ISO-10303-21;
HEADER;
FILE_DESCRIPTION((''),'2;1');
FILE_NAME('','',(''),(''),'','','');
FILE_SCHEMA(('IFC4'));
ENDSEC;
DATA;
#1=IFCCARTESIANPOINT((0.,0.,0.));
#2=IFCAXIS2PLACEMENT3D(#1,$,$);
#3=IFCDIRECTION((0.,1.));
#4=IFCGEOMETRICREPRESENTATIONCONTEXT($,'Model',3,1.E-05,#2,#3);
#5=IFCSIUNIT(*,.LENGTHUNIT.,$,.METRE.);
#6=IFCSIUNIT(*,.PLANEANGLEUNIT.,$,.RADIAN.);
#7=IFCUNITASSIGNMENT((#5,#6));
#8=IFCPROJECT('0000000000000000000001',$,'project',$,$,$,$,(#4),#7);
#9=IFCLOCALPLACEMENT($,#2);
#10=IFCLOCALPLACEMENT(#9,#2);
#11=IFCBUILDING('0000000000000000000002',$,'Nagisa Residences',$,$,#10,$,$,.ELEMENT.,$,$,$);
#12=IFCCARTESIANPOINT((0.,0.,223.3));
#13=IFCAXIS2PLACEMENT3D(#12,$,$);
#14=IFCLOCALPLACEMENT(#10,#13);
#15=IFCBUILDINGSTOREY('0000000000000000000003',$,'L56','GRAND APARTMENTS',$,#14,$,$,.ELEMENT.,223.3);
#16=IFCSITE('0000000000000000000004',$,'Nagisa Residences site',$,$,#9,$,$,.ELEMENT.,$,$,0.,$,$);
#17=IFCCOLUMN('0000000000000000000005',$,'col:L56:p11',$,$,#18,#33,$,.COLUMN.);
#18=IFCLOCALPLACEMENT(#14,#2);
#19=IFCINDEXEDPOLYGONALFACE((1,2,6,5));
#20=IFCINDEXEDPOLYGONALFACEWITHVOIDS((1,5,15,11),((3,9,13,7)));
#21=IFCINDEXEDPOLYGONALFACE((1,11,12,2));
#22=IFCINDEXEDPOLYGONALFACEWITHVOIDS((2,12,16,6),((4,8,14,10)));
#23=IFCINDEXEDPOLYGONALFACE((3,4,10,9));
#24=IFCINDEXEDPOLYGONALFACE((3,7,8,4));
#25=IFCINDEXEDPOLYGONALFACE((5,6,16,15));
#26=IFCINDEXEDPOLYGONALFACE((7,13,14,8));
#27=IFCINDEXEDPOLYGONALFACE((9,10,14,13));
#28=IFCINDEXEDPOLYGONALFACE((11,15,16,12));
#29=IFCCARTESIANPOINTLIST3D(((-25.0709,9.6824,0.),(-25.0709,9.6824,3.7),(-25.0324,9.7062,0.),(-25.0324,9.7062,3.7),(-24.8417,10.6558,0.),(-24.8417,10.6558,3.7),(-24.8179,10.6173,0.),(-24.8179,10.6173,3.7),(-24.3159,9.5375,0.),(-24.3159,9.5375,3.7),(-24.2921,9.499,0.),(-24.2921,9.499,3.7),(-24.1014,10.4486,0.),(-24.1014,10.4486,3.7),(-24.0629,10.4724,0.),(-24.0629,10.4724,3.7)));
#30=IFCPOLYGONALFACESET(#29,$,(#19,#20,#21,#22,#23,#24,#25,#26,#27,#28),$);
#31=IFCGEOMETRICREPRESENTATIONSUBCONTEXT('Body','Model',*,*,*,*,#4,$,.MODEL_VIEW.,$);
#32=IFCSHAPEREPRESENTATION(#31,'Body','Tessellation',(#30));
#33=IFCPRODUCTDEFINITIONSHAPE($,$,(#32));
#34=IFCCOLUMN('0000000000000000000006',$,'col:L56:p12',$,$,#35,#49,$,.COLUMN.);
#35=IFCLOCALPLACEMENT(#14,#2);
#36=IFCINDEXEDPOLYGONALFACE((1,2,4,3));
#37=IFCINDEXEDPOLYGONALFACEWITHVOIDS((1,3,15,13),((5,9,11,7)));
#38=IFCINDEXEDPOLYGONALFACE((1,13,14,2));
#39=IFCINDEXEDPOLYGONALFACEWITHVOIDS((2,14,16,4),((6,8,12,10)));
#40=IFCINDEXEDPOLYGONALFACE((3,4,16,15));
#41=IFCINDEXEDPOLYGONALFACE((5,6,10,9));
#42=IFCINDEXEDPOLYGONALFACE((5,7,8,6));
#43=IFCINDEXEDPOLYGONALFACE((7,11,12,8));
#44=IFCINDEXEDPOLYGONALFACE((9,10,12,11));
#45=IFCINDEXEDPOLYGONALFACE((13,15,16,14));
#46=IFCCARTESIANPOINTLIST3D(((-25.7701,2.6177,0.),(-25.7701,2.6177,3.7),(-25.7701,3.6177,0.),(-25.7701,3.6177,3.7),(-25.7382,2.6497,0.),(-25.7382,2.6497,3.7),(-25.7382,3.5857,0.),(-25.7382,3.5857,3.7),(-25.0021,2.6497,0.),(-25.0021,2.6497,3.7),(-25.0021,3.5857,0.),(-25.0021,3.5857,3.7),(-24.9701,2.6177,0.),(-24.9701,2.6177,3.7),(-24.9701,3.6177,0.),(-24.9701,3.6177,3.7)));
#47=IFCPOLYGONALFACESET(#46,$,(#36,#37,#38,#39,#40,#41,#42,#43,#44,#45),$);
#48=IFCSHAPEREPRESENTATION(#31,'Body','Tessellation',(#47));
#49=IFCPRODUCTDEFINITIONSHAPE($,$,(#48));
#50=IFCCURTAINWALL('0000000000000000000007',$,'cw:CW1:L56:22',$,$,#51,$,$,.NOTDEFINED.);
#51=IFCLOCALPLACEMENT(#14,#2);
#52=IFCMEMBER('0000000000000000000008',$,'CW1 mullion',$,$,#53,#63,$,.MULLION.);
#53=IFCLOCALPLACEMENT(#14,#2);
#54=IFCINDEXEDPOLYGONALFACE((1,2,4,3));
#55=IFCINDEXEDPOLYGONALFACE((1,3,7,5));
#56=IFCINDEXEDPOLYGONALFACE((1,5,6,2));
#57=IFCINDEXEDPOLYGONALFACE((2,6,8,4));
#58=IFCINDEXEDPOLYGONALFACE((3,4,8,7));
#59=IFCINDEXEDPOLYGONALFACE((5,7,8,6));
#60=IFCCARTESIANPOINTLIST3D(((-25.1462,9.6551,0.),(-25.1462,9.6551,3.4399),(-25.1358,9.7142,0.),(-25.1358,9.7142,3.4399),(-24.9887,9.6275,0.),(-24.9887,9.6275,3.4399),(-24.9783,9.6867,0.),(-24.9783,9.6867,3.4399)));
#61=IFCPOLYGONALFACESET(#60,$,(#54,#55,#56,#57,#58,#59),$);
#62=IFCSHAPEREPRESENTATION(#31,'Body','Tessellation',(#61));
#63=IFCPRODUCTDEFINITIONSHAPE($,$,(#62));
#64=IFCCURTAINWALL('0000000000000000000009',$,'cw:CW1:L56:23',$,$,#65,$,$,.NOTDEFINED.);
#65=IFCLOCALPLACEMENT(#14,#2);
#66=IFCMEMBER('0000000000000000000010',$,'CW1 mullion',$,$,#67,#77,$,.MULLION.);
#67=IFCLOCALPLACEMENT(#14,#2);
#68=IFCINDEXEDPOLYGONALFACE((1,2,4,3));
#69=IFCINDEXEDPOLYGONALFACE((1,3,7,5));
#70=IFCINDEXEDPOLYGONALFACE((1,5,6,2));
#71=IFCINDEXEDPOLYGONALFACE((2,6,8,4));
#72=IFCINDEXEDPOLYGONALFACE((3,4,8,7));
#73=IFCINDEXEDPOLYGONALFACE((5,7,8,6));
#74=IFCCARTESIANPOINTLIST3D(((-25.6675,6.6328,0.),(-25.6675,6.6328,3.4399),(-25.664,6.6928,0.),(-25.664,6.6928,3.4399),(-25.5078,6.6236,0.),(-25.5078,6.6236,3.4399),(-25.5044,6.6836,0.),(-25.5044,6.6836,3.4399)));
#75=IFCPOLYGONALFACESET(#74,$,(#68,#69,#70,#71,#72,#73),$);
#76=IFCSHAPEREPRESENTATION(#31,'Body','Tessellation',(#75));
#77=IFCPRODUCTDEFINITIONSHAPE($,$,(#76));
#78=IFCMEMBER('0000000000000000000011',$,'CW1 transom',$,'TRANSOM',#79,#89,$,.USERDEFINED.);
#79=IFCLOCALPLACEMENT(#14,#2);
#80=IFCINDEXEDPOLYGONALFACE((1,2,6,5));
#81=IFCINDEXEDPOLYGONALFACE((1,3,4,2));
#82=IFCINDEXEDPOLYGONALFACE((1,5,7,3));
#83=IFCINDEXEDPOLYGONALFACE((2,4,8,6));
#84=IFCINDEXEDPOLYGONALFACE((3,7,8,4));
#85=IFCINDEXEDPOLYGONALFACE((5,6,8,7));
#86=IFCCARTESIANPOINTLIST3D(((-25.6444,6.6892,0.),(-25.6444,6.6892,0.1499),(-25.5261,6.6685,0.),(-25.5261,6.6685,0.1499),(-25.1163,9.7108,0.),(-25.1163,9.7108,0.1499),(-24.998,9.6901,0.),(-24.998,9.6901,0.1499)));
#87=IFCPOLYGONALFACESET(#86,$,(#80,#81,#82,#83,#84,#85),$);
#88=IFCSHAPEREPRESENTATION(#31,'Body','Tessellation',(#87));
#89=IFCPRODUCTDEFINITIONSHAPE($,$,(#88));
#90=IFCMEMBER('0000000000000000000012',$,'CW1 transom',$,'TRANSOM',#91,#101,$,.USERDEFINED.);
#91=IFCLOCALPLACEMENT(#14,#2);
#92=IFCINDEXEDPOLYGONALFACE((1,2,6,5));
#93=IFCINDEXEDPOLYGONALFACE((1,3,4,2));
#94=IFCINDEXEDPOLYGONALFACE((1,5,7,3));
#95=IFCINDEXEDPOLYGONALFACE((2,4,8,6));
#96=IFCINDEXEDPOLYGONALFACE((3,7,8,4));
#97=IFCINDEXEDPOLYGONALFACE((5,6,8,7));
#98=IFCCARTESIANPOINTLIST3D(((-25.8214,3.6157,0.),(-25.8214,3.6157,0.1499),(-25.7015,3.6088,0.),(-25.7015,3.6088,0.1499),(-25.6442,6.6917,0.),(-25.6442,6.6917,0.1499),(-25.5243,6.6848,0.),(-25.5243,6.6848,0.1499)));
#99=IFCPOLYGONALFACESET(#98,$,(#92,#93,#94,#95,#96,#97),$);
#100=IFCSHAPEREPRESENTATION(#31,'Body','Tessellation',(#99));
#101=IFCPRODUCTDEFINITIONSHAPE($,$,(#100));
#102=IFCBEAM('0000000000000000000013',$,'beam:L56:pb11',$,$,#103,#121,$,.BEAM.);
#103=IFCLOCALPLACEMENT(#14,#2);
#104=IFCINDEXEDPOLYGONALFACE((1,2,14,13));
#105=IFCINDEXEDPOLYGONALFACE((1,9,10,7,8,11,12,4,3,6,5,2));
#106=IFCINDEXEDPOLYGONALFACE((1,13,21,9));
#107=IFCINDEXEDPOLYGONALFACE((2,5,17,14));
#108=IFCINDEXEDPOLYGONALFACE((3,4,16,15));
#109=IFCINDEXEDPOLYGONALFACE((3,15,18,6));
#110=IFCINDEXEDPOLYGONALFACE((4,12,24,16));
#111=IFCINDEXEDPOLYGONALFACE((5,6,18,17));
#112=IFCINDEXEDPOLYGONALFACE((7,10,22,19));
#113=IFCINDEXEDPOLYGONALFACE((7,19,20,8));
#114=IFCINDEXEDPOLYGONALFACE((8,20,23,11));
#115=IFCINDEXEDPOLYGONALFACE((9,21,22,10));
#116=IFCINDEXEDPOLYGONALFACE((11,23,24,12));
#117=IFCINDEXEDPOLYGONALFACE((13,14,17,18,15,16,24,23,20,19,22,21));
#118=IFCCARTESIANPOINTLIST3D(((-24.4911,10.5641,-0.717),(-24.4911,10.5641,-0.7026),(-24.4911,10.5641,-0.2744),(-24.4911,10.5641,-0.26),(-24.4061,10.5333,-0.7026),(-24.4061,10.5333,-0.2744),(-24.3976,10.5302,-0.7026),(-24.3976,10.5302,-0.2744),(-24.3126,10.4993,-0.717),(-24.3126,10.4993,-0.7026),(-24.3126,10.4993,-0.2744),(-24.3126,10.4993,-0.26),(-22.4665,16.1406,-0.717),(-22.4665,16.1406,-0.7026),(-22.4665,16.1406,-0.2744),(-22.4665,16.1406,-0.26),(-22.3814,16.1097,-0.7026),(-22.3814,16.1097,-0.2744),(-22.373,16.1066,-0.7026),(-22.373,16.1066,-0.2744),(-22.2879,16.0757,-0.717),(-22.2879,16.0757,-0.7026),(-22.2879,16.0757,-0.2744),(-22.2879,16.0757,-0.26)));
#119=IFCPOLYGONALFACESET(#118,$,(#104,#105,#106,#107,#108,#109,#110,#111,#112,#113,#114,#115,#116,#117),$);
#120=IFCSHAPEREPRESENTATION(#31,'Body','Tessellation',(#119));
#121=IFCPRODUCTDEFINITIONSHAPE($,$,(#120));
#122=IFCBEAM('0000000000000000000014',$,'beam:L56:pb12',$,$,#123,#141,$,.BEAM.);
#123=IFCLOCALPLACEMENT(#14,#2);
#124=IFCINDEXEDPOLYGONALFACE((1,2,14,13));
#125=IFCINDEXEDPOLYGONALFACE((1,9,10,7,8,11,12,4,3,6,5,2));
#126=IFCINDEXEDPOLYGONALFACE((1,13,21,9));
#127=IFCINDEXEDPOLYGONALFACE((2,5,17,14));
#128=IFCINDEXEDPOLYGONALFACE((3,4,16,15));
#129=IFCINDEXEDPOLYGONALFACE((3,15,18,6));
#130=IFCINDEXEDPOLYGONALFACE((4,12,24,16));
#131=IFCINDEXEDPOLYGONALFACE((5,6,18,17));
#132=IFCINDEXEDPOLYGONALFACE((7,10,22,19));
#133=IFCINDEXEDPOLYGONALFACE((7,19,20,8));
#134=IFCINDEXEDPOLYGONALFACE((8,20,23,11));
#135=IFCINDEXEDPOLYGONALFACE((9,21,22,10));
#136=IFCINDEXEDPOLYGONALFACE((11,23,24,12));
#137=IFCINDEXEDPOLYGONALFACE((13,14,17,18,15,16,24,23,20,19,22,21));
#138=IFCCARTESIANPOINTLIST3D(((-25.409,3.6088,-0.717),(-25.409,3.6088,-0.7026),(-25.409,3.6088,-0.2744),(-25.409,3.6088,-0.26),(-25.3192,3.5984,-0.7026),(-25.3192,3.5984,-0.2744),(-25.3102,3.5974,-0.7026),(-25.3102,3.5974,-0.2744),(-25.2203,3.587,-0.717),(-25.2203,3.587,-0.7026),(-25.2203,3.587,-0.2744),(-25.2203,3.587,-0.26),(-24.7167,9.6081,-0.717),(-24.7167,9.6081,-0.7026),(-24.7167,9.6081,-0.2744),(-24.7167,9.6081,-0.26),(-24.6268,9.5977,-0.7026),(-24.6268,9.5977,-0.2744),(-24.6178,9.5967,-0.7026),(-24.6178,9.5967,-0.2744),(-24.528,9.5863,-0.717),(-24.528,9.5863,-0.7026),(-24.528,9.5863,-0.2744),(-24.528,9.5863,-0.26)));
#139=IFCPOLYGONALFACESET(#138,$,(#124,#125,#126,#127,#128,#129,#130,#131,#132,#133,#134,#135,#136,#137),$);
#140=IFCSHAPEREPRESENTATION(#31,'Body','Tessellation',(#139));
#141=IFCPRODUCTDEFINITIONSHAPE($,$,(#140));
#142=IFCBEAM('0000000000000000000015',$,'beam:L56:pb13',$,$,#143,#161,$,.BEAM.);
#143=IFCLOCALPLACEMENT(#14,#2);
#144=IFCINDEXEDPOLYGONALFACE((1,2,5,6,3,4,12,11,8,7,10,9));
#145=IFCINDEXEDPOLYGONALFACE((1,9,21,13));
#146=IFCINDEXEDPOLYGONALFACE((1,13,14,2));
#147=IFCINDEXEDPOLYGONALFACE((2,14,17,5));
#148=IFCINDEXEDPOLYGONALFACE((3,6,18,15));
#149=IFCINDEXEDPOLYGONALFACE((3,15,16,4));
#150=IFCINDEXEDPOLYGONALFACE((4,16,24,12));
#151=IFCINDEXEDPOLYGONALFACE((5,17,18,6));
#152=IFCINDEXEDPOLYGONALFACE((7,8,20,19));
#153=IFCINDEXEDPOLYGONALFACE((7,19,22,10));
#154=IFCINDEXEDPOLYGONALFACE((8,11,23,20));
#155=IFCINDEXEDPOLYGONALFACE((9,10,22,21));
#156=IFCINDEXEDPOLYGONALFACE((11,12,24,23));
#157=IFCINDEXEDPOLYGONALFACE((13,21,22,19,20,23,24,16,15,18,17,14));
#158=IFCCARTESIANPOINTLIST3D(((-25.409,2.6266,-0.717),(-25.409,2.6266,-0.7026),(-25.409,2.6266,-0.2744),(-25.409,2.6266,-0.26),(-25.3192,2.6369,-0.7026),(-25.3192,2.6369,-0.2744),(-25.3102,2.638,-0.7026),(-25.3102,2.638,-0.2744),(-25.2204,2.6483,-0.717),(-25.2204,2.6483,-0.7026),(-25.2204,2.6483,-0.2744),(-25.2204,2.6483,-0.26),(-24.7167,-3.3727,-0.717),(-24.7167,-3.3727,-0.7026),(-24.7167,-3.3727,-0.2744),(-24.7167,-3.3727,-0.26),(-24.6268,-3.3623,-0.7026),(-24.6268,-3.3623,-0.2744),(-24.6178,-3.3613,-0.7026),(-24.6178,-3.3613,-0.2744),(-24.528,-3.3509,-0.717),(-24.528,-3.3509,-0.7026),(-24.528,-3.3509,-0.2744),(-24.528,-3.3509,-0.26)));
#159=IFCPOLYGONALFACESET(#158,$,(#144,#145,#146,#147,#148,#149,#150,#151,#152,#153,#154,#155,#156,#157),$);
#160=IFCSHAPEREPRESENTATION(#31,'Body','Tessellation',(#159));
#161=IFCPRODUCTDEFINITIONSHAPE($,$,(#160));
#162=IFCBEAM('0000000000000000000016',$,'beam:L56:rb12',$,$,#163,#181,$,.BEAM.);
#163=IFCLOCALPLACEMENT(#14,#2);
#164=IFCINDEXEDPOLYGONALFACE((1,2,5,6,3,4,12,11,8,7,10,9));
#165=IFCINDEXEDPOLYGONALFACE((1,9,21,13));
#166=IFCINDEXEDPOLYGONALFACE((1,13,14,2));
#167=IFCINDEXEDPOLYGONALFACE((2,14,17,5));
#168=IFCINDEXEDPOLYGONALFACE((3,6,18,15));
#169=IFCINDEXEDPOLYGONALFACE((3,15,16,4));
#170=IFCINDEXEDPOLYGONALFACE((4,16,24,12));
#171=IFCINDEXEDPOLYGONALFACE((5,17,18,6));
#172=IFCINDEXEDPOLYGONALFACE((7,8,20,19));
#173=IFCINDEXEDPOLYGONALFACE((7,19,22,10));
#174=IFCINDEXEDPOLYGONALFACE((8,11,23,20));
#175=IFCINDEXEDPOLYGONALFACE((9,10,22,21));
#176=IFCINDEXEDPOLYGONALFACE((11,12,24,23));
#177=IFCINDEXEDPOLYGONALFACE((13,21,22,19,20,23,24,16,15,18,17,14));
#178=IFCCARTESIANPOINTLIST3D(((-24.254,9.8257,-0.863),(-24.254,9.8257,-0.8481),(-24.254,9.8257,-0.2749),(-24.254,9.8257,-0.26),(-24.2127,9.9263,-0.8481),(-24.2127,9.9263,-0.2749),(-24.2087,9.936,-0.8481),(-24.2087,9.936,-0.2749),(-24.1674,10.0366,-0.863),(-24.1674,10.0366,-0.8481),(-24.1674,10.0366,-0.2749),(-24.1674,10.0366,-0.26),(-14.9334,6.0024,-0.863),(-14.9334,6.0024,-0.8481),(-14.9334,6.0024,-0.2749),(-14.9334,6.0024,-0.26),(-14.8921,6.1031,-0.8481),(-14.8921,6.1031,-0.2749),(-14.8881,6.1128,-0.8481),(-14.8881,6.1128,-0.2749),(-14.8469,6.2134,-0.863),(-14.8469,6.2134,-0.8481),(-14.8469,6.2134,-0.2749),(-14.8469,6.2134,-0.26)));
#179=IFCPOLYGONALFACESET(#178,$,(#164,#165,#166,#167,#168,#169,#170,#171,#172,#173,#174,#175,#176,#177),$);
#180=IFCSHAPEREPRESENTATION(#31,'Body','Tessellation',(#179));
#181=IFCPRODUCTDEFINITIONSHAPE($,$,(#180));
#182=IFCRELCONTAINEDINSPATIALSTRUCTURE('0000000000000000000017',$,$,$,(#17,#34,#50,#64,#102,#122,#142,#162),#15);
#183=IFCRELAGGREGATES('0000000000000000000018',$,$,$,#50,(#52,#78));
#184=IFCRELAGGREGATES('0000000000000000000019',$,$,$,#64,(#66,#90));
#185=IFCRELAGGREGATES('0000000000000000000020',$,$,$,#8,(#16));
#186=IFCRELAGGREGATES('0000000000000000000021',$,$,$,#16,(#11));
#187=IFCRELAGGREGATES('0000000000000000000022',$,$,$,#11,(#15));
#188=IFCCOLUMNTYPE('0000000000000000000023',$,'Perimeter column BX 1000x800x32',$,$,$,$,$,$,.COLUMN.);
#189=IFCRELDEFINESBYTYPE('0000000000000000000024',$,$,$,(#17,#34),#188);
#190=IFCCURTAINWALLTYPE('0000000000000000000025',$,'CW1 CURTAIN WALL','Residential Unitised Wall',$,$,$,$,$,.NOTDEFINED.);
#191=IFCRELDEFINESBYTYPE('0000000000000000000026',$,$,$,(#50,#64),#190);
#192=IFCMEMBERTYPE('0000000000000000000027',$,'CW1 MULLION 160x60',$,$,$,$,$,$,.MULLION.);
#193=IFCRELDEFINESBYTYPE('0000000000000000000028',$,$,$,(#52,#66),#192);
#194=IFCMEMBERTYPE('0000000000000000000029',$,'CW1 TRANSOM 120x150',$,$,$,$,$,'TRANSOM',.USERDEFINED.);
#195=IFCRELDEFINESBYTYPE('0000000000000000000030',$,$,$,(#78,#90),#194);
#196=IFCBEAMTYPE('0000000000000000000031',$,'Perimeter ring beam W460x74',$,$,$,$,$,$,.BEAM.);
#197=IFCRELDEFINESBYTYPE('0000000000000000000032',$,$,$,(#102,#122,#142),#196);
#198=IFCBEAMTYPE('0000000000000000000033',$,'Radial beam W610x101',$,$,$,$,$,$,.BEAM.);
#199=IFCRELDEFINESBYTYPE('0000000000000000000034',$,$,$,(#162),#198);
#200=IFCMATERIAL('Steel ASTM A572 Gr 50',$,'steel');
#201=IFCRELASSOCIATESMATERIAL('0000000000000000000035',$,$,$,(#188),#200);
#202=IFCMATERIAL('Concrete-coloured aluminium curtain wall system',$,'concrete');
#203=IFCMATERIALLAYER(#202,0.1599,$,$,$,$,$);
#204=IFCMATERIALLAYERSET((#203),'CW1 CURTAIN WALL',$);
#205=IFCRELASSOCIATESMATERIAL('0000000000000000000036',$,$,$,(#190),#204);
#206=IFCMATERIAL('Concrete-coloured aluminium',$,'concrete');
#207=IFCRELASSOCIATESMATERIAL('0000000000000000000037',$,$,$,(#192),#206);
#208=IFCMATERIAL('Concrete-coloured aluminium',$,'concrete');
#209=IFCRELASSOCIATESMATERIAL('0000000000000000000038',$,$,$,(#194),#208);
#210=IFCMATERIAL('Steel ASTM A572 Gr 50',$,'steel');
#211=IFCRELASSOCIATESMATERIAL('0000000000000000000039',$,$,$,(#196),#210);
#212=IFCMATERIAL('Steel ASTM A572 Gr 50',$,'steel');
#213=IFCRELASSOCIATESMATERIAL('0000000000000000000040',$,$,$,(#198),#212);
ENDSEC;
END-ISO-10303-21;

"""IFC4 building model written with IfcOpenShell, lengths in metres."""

from ifc_helpers import new_model, si_unit, direction, frame, origin, origin_2d, place, context, subcontext, project, spatial, rectangle, hollow_rectangle, i_section, extrude, material, layer, layer_set, material_profile, profile_set, type_object, element, aggregate, save


model = new_model("IFC4")

# Units and contexts
model_context = context("Model", 3, precision=1e-05, world=origin(), true_north=direction((0.0, 1.0)))
body_context = subcontext(model_context, "Body", "Model", "MODEL_VIEW")
ifc_project = project(units=[si_unit("LENGTHUNIT", "METRE"), si_unit("PLANEANGLEUNIT", "RADIAN")], contexts=[model_context])

# Site, building, storey
site_placement = place(None, origin())
site = spatial("IfcSite", under=ifc_project, at=site_placement, Name="Nagisa Residences site", CompositionType="ELEMENT", RefElevation=0.0)
building_placement = place(site_placement, origin())
building = spatial("IfcBuilding", under=site, at=building_placement, Name="Nagisa Residences", CompositionType="ELEMENT")
storey_placement = place(building_placement, frame((0.0, 0.0, 223.3)))
storey = spatial("IfcBuildingStorey", under=building, at=storey_placement, Name="L56", Description="GRAND APARTMENTS", CompositionType="ELEMENT", Elevation=223.3)

# Columns
ifc_material_1 = material(Name="Steel ASTM A572 Gr 50", Category="steel")
ifc_material_profile_1 = material_profile(ifc_material_1, hollow_rectangle(XDim=1.0, YDim=0.8, WallThickness=0.032, at=origin_2d()), Name="BX 1000x800x32")
ifc_profile_set_1 = profile_set([ifc_material_profile_1], Name="Steel ASTM A572 Gr 50")
column_type = type_object("IfcColumnType", Name="Perimeter column BX 1000x800x32", PredefinedType="COLUMN", material=ifc_profile_set_1)
for number, where, z_axis, x_axis, name in (
    (1, (-24.5669, 10.0774, 0.0), (0.0, 0.0, 1.0), (-0.229202, -0.973379, 0.0), "col:L56:p11"),
    (2, (-25.3701, 3.1177, 0.0), (0.0, 0.0, 1.0), (0.0, -1.0, 0.0), "col:L56:p12"),
):
    element("IfcColumn", number, at=place(storey_placement, frame(where, z_axis=z_axis, x_axis=x_axis)), inside=storey, type_object=column_type, Name=name, PredefinedType="COLUMN", context=body_context, shape_type="SweptSolid", body=[
        extrude(hollow_rectangle(XDim=1.0, YDim=0.8, WallThickness=0.032, at=origin_2d()), origin(), (0.0, 0.0, 1.0), 3.7),
    ])

# Curtain walls, members
ifc_material_2 = material(Name="Concrete-coloured aluminium curtain wall system", Category="concrete")
ifc_layer_1 = layer(ifc_material_2, 0.1599)
ifc_layer_set_1 = layer_set([ifc_layer_1], Name="CW1 CURTAIN WALL")
curtain_wall_type = type_object("IfcCurtainWallType", Name="CW1 CURTAIN WALL", Description="Residential Unitised Wall", PredefinedType="NOTDEFINED", material=ifc_layer_set_1)
curtain_wall_1_placement = place(storey_placement, origin())
curtain_wall_1 = element("IfcCurtainWall", 3, at=curtain_wall_1_placement, inside=storey, type_object=curtain_wall_type, Name="cw:CW1:L56:22", PredefinedType="NOTDEFINED")
ifc_material_3 = material(Name="Concrete-coloured aluminium", Category="concrete")
ifc_material_profile_2 = material_profile(ifc_material_3, rectangle(XDim=0.1599, YDim=0.0601, at=origin_2d()), Name="CW1 MULLION 160x60")
ifc_profile_set_2 = profile_set([ifc_material_profile_2], Name="Concrete-coloured aluminium")
member_type_1 = type_object("IfcMemberType", Name="CW1 MULLION 160x60", PredefinedType="MULLION", material=ifc_profile_set_2)
member_1_placement = place(storey_placement, frame((-25.0623, 9.6709, 0.0), z_axis=(0.0, 0.0, 1.0), x_axis=(0.985064, -0.172191, 0.0)))
member_1 = element("IfcMember", 4, at=member_1_placement, type_object=member_type_1, Name="CW1 mullion", PredefinedType="MULLION", context=body_context, shape_type="SweptSolid", body=[
    extrude(rectangle(XDim=0.1599, YDim=0.0601, at=origin_2d()), origin(), (0.0, 0.0, 1.0), 3.4399),
])
curtain_wall_2_placement = place(storey_placement, origin())
curtain_wall_2 = element("IfcCurtainWall", 5, at=curtain_wall_2_placement, inside=storey, type_object=curtain_wall_type, Name="cw:CW1:L56:23", PredefinedType="NOTDEFINED")
member_2_placement = place(storey_placement, frame((-25.5859, 6.6582, 0.0), z_axis=(0.0, 0.0, 1.0), x_axis=(0.998345, -0.057503, 0.0)))
member_2 = element("IfcMember", 6, at=member_2_placement, type_object=member_type_1, Name="CW1 mullion", PredefinedType="MULLION", context=body_context, shape_type="SweptSolid", body=[
    extrude(rectangle(XDim=0.1599, YDim=0.0601, at=origin_2d()), origin(), (0.0, 0.0, 1.0), 3.4399),
])

# Members
ifc_material_4 = material(Name="Concrete-coloured aluminium", Category="concrete")
ifc_material_profile_3 = material_profile(ifc_material_4, rectangle(XDim=0.1201, YDim=0.1499, at=origin_2d()), Name="CW1 TRANSOM 120x150")
ifc_profile_set_3 = profile_set([ifc_material_profile_3], Name="Concrete-coloured aluminium")
member_type_2 = type_object("IfcMemberType", Name="CW1 TRANSOM 120x150", ElementType="TRANSOM", PredefinedType="USERDEFINED", material=ifc_profile_set_3)
member_3_placement = place(storey_placement, frame((-25.0571, 9.7004, 0.075), z_axis=(-0.172164, -0.985068, 0.0), x_axis=(0.985068, -0.172164, 0.0)))
member_3 = element("IfcMember", 7, at=member_3_placement, type_object=member_type_2, Name="CW1 transom", ObjectType="TRANSOM", PredefinedType="USERDEFINED", context=body_context, shape_type="SweptSolid", body=[
    extrude(rectangle(XDim=0.1201, YDim=0.1499, at=origin_2d()), origin(), (0.0, 0.0, 1.0), 3.0674),
])
member_4_placement = place(storey_placement, frame((-25.5842, 6.6882, 0.075), z_axis=(-0.057528, -0.998344, 0.0), x_axis=(0.998344, -0.057528, 0.0)))
member_4 = element("IfcMember", 8, at=member_4_placement, type_object=member_type_2, Name="CW1 transom", ObjectType="TRANSOM", PredefinedType="USERDEFINED", context=body_context, shape_type="SweptSolid", body=[
    extrude(rectangle(XDim=0.1201, YDim=0.1499, at=origin_2d()), origin(), (0.0, 0.0, 1.0), 3.0811),
])

# Beams
ifc_material_5 = material(Name="Steel ASTM A572 Gr 50", Category="steel")
ifc_material_profile_4 = material_profile(ifc_material_5, i_section(OverallWidth=0.1899, OverallDepth=0.457, WebThickness=0.009, FlangeThickness=0.0144, at=origin_2d()), Name="W460x74")
ifc_profile_set_4 = profile_set([ifc_material_profile_4], Name="Steel ASTM A572 Gr 50")
beam_type_1 = type_object("IfcBeamType", Name="Perimeter ring beam W460x74", PredefinedType="BEAM", material=ifc_profile_set_4)
beam_1_placement = place(storey_placement, frame((-22.3772, 16.1082, -0.4885), z_axis=(-0.341277, -0.939963, 0.0), x_axis=(0.939963, -0.341277, 0.0)))
element("IfcBeam", 9, at=beam_1_placement, inside=storey, type_object=beam_type_1, Name="beam:L56:pb11", PredefinedType="BEAM", context=body_context, shape_type="SweptSolid", body=[
    extrude(i_section(OverallWidth=0.1899, OverallDepth=0.457, WebThickness=0.009, FlangeThickness=0.0144, at=origin_2d()), origin(), (0.0, 0.0, 1.0), 5.9326),
])
for number, where, z_axis, x_axis, name in (
    (10, (-24.6223, 9.5972, -0.4885), (-0.11465, -0.993406, 0.0), (0.993406, -0.11465, 0.0), "beam:L56:pb12"),
    (11, (-25.3147, 2.6375, -0.4885), (0.11465, -0.993406, 0.0), (0.993406, 0.11465, 0.0), "beam:L56:pb13"),
):
    element("IfcBeam", number, at=place(storey_placement, frame(where, z_axis=z_axis, x_axis=x_axis)), inside=storey, type_object=beam_type_1, Name=name, PredefinedType="BEAM", context=body_context, shape_type="SweptSolid", body=[
        extrude(i_section(OverallWidth=0.1899, OverallDepth=0.457, WebThickness=0.009, FlangeThickness=0.0144, at=origin_2d()), origin(), (0.0, 0.0, 1.0), 6.0391),
    ])
ifc_material_6 = material(Name="Steel ASTM A572 Gr 50", Category="steel")
ifc_material_profile_5 = material_profile(ifc_material_6, i_section(OverallWidth=0.228, OverallDepth=0.603, WebThickness=0.0105, FlangeThickness=0.0149, at=origin_2d()), Name="W610x101")
ifc_profile_set_5 = profile_set([ifc_material_profile_5], Name="Steel ASTM A572 Gr 50")
beam_type_2 = type_object("IfcBeamType", Name="Radial beam W610x101", PredefinedType="BEAM", material=ifc_profile_set_5)
beam_2_placement = place(storey_placement, frame((-24.2107, 9.9312, -0.5615), z_axis=(0.925189, -0.379507, 0.0), x_axis=(0.379507, 0.925189, 0.0)))
element("IfcBeam", 12, at=beam_2_placement, inside=storey, type_object=beam_type_2, Name="beam:L56:rb12", PredefinedType="BEAM", context=body_context, shape_type="SweptSolid", body=[
    extrude(i_section(OverallWidth=0.228, OverallDepth=0.603, WebThickness=0.0105, FlangeThickness=0.0149, at=origin_2d()), origin(), (0.0, 0.0, 1.0), 10.0742),
])

aggregate(curtain_wall_1, [member_1, member_3])
aggregate(curtain_wall_2, [member_2, member_4])

save(model, "model.ifc")
